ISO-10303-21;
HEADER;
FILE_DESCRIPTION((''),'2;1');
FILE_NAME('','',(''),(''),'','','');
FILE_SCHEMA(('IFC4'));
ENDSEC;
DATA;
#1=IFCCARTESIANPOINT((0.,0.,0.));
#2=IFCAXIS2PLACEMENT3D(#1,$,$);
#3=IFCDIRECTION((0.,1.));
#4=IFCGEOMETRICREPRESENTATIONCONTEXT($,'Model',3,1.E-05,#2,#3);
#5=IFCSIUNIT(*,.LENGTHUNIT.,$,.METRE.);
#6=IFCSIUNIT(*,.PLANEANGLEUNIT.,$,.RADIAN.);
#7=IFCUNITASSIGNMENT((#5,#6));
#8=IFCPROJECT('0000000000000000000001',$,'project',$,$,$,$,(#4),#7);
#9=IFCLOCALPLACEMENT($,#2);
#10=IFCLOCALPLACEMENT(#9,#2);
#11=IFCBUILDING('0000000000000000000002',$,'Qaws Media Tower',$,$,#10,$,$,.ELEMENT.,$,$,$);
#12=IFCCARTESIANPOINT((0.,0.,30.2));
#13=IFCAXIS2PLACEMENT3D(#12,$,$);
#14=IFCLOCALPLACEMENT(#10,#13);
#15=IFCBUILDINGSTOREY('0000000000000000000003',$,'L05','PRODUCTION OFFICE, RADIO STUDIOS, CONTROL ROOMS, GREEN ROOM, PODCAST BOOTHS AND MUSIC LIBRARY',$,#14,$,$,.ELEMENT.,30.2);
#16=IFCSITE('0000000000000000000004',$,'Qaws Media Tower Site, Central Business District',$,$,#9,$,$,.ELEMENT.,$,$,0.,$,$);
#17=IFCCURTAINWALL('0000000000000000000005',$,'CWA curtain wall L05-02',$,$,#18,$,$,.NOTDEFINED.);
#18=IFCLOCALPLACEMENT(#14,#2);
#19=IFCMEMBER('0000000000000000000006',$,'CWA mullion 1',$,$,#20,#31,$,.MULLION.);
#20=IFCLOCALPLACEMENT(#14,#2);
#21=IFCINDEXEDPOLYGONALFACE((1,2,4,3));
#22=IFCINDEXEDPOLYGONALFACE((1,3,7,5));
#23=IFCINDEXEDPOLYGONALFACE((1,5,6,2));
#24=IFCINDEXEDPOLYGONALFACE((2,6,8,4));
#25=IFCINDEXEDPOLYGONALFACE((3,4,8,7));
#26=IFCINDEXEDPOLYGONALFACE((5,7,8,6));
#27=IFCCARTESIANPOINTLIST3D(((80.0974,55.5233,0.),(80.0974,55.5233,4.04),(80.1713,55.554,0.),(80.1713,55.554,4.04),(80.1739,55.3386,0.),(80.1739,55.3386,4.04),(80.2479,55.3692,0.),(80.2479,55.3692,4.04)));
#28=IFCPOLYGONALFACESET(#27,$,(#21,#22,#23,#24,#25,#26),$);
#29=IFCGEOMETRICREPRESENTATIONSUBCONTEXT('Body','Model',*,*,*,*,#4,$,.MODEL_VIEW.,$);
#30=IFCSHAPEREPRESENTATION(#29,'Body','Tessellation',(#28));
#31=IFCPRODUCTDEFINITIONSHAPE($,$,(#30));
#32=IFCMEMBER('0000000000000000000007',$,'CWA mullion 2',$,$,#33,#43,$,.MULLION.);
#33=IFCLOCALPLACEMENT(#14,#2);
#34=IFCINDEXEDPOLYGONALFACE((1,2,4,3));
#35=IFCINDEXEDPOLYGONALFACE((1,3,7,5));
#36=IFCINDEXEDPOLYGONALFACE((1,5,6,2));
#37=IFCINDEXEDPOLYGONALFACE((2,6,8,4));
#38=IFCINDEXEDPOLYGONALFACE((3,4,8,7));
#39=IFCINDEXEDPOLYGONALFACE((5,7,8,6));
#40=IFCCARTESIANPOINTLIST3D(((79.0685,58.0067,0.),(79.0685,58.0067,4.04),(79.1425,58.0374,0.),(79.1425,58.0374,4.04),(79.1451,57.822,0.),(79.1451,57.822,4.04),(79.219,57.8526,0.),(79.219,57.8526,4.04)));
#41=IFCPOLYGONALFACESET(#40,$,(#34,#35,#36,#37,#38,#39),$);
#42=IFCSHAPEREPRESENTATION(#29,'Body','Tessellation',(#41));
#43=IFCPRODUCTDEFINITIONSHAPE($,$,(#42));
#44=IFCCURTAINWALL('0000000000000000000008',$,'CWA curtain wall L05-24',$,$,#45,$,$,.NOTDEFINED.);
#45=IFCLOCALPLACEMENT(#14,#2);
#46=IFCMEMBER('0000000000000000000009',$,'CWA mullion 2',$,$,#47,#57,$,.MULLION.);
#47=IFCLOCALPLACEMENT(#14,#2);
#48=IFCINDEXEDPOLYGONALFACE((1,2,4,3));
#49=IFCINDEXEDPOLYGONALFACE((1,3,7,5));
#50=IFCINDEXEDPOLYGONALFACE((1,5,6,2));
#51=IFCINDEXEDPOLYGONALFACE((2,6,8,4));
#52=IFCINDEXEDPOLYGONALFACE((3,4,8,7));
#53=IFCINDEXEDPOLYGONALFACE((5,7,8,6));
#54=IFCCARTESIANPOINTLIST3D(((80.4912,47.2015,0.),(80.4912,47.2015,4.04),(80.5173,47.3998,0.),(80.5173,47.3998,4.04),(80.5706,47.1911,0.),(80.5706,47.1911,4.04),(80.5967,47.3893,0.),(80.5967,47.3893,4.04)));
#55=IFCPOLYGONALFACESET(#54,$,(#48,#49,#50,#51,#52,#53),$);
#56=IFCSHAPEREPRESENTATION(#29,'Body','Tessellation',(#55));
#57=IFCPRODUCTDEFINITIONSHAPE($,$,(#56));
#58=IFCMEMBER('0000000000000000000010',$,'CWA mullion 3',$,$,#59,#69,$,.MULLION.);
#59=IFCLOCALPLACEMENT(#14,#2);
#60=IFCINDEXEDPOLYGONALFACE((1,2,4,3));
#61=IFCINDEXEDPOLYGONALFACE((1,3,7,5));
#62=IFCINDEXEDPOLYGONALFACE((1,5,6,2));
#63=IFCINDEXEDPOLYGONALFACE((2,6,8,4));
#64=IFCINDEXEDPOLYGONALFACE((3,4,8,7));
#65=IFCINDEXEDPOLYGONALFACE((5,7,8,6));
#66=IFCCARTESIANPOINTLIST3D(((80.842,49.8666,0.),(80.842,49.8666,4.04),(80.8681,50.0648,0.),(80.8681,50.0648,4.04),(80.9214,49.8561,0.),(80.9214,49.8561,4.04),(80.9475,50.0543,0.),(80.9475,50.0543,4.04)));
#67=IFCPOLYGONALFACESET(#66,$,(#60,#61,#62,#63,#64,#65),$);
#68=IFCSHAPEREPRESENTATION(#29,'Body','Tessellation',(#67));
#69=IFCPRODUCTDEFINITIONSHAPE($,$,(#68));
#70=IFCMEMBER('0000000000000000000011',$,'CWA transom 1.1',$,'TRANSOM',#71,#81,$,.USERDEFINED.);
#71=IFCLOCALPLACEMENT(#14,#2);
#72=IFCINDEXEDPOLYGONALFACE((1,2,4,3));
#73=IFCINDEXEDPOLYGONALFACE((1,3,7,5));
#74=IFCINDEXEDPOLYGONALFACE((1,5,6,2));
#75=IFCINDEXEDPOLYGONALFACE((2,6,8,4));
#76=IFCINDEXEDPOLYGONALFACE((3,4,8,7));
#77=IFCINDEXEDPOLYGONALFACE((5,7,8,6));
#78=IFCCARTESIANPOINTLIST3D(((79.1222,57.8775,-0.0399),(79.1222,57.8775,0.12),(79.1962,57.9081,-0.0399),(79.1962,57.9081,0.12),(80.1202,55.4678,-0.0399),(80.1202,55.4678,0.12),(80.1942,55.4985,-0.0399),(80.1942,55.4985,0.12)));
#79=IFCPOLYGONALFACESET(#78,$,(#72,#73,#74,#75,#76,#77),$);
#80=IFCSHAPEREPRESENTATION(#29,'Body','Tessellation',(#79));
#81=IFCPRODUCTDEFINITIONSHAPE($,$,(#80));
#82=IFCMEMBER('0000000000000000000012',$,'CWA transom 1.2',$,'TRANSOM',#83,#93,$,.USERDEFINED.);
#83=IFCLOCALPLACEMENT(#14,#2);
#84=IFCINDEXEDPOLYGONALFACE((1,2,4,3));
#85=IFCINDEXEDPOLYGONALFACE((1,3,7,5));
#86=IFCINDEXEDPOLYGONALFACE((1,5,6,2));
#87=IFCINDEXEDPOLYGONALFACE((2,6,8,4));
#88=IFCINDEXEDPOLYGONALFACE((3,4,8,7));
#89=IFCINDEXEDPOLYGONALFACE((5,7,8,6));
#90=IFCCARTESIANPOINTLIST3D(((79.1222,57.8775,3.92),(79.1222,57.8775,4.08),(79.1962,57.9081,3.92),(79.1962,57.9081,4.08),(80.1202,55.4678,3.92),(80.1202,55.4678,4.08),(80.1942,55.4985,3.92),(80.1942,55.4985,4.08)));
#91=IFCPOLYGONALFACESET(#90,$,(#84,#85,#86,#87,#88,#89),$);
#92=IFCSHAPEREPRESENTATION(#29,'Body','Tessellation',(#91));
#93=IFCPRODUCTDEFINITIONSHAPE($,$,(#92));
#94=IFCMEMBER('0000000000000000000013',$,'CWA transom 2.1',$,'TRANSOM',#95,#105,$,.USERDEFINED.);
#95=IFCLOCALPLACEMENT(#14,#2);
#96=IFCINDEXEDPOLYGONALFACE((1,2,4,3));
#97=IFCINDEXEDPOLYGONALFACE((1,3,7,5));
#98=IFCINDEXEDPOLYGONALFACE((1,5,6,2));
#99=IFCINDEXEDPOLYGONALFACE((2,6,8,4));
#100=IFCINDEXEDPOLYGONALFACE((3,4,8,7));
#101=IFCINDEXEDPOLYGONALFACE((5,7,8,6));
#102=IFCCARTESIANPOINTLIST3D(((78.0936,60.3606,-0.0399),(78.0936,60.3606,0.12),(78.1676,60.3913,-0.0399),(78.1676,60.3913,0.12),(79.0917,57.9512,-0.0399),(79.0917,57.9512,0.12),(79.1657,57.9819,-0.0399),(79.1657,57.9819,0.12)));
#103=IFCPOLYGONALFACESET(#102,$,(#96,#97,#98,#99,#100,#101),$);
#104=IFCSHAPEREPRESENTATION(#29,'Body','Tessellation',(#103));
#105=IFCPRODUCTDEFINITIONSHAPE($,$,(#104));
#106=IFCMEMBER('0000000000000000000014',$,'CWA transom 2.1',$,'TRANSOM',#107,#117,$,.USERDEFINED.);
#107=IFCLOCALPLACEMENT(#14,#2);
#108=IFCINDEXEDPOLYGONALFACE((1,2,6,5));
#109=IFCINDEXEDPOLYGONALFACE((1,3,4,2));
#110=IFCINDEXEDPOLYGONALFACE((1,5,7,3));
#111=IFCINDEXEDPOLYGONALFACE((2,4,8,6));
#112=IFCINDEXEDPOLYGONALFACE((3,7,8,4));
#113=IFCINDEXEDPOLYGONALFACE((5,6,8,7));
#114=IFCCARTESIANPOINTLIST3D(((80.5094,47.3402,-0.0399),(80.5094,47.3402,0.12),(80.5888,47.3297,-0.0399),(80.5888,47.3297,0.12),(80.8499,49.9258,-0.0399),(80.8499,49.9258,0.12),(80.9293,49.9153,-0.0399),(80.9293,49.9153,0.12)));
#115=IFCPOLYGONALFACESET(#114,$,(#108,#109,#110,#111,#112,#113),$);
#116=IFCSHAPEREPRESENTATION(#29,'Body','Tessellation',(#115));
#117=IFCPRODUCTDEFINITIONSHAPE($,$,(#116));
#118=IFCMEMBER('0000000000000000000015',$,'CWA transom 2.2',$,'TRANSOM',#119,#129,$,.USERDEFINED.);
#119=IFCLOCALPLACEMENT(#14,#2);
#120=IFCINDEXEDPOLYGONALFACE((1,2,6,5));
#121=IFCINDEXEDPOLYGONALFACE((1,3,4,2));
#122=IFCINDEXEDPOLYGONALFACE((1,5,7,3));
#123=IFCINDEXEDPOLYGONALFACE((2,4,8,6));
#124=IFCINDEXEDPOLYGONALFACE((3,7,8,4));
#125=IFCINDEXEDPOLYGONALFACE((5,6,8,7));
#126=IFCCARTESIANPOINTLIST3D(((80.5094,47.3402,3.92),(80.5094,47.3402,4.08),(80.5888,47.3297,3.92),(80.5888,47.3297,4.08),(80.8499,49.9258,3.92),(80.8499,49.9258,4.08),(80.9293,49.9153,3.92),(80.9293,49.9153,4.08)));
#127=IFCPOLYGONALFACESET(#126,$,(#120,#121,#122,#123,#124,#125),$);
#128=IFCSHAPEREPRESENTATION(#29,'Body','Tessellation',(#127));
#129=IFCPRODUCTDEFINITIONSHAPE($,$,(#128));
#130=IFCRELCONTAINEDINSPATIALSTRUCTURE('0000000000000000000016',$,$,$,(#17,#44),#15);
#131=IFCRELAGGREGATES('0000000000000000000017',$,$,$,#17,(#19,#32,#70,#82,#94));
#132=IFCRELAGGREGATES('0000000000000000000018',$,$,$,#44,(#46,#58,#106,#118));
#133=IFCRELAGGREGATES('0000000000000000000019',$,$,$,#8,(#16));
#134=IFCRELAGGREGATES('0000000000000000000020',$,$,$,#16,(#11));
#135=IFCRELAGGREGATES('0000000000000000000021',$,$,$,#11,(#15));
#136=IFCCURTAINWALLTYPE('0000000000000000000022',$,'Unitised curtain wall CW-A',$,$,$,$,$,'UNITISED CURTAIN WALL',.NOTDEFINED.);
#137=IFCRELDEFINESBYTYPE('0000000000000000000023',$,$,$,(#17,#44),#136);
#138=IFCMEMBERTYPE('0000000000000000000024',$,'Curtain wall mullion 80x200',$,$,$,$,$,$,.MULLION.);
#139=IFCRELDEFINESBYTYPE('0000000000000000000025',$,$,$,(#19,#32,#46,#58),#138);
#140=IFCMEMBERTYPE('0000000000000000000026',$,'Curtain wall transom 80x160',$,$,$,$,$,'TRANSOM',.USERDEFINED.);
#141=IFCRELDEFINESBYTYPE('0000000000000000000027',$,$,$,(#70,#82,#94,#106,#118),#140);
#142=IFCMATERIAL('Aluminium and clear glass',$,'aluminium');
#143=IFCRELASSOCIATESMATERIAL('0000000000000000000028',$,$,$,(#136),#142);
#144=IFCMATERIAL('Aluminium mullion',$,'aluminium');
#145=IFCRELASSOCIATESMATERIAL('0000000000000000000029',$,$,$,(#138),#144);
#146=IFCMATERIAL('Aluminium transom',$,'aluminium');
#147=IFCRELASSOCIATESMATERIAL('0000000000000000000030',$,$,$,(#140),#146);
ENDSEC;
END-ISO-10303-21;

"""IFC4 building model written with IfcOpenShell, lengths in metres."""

from ifc_helpers import new_model, si_unit, direction, frame, origin, origin_2d, place, context, subcontext, project, spatial, rectangle, extrude, material, material_profile, profile_set, type_object, element, aggregate, save


model = new_model("IFC4")

# Units and contexts
model_context = context("Model", 3, precision=1e-05, world=origin(), true_north=direction((0.0, 1.0)))
body_context = subcontext(model_context, "Body", "Model", "MODEL_VIEW")
ifc_project = project(units=[si_unit("LENGTHUNIT", "METRE"), si_unit("PLANEANGLEUNIT", "RADIAN")], contexts=[model_context])

# Site, building, storey
site_placement = place(None, origin())
site = spatial("IfcSite", under=ifc_project, at=site_placement, Name="Qaws Media Tower Site, Central Business District", CompositionType="ELEMENT", RefElevation=0.0)
building_placement = place(site_placement, origin())
building = spatial("IfcBuilding", under=site, at=building_placement, Name="Qaws Media Tower", CompositionType="ELEMENT")
storey_placement = place(building_placement, frame((0.0, 0.0, 30.2)))
storey = spatial("IfcBuildingStorey", under=building, at=storey_placement, Name="L05", Description="PRODUCTION OFFICE, RADIO STUDIOS, CONTROL ROOMS, GREEN ROOM, PODCAST BOOTHS AND MUSIC LIBRARY", CompositionType="ELEMENT", Elevation=30.2)

# Curtain walls, members
ifc_material_1 = material(Name="Aluminium and clear glass", Category="aluminium")
curtain_wall_type = type_object("IfcCurtainWallType", Name="Unitised curtain wall CW-A", ElementType="UNITISED CURTAIN WALL", PredefinedType="NOTDEFINED", material=ifc_material_1)
curtain_wall_1_placement = place(storey_placement, origin())
curtain_wall_1 = element("IfcCurtainWall", 1, at=curtain_wall_1_placement, inside=storey, type_object=curtain_wall_type, Name="CWA curtain wall L05-02", PredefinedType="NOTDEFINED")
ifc_material_2 = material(Name="Aluminium mullion", Category="aluminium")
ifc_material_profile_1 = material_profile(ifc_material_2, rectangle(XDim=0.0801, YDim=0.2, at=origin_2d()), Name="80x200")
ifc_profile_set_1 = profile_set([ifc_material_profile_1], Name="Aluminium mullion")
member_type_1 = type_object("IfcMemberType", Name="Curtain wall mullion 80x200", PredefinedType="MULLION", material=ifc_profile_set_1)
member_1_placement = place(storey_placement, frame((80.1726, 55.4463, 0.0), z_axis=(0.0, 0.0, 1.0), x_axis=(-0.92388, -0.382683, 0.0)))
member_1 = element("IfcMember", 2, at=member_1_placement, type_object=member_type_1, Name="CWA mullion 1", PredefinedType="MULLION", context=body_context, shape_type="SweptSolid", body=[
    extrude(rectangle(XDim=0.0801, YDim=0.2, at=origin_2d()), origin(), (0.0, 0.0, 1.0), 4.04),
])
member_2_placement = place(storey_placement, frame((79.1438, 57.9297, 0.0), z_axis=(0.0, 0.0, 1.0), x_axis=(-0.92388, -0.382683, 0.0)))
member_2 = element("IfcMember", 3, at=member_2_placement, type_object=member_type_1, Name="CWA mullion 2", PredefinedType="MULLION", context=body_context, shape_type="SweptSolid", body=[
    extrude(rectangle(XDim=0.0801, YDim=0.2, at=origin_2d()), origin(), (0.0, 0.0, 1.0), 4.04),
])
curtain_wall_2_placement = place(storey_placement, origin())
curtain_wall_2 = element("IfcCurtainWall", 4, at=curtain_wall_2_placement, inside=storey, type_object=curtain_wall_type, Name="CWA curtain wall L05-24", PredefinedType="NOTDEFINED")
member_3_placement = place(storey_placement, frame((80.5439, 47.2954, 0.0), z_axis=(0.0, 0.0, 1.0), x_axis=(-0.991445, 0.130526, 0.0)))
member_3 = element("IfcMember", 5, at=member_3_placement, type_object=member_type_1, Name="CWA mullion 2", PredefinedType="MULLION", context=body_context, shape_type="SweptSolid", body=[
    extrude(rectangle(XDim=0.0801, YDim=0.2, at=origin_2d()), origin(), (0.0, 0.0, 1.0), 4.04),
])
member_4_placement = place(storey_placement, frame((80.8948, 49.9604, 0.0), z_axis=(0.0, 0.0, 1.0), x_axis=(-0.991445, 0.130526, 0.0)))
member_4 = element("IfcMember", 6, at=member_4_placement, type_object=member_type_1, Name="CWA mullion 3", PredefinedType="MULLION", context=body_context, shape_type="SweptSolid", body=[
    extrude(rectangle(XDim=0.0801, YDim=0.2, at=origin_2d()), origin(), (0.0, 0.0, 1.0), 4.04),
])

# Members
ifc_material_3 = material(Name="Aluminium transom", Category="aluminium")
ifc_material_profile_2 = material_profile(ifc_material_3, rectangle(XDim=0.0801, YDim=0.1599, at=origin_2d()), Name="80x160")
ifc_profile_set_2 = profile_set([ifc_material_profile_2], Name="Aluminium transom")
member_type_2 = type_object("IfcMemberType", Name="Curtain wall transom 80x160", ElementType="TRANSOM", PredefinedType="USERDEFINED", material=ifc_profile_set_2)
member_5_placement = place(storey_placement, frame((80.1572, 55.4832, 0.04), z_axis=(-0.38266, 0.923889, 0.0), x_axis=(-0.923889, -0.38266, 0.0)))
member_5 = element("IfcMember", 7, at=member_5_placement, type_object=member_type_2, Name="CWA transom 1.1", ObjectType="TRANSOM", PredefinedType="USERDEFINED", context=body_context, shape_type="SweptSolid", body=[
    extrude(rectangle(XDim=0.0801, YDim=0.1599, at=origin_2d()), origin(), (0.0, 0.0, 1.0), 2.6082),
])
member_6_placement = place(storey_placement, frame((80.1572, 55.4832, 4.0), z_axis=(-0.38266, 0.923889, 0.0), x_axis=(-0.923889, -0.38266, 0.0)))
member_6 = element("IfcMember", 8, at=member_6_placement, type_object=member_type_2, Name="CWA transom 1.2", ObjectType="TRANSOM", PredefinedType="USERDEFINED", context=body_context, shape_type="SweptSolid", body=[
    extrude(rectangle(XDim=0.0801, YDim=0.1599, at=origin_2d()), origin(), (0.0, 0.0, 1.0), 2.6082),
])
member_7_placement = place(storey_placement, frame((79.1287, 57.9666, 0.04), z_axis=(-0.382694, 0.923875, 0.0), x_axis=(-0.923875, -0.382694, 0.0)))
member_7 = element("IfcMember", 9, at=member_7_placement, type_object=member_type_2, Name="CWA transom 2.1", ObjectType="TRANSOM", PredefinedType="USERDEFINED", context=body_context, shape_type="SweptSolid", body=[
    extrude(rectangle(XDim=0.0801, YDim=0.1599, at=origin_2d()), origin(), (0.0, 0.0, 1.0), 2.6079),
])
member_8_placement = place(storey_placement, frame((80.5491, 47.335, 0.04), z_axis=(0.130588, 0.991437, 0.0), x_axis=(-0.991437, 0.130588, 0.0)))
member_8 = element("IfcMember", 10, at=member_8_placement, type_object=member_type_2, Name="CWA transom 2.1", ObjectType="TRANSOM", PredefinedType="USERDEFINED", context=body_context, shape_type="SweptSolid", body=[
    extrude(rectangle(XDim=0.0801, YDim=0.1599, at=origin_2d()), origin(), (0.0, 0.0, 1.0), 2.6079),
])
member_9_placement = place(storey_placement, frame((80.5491, 47.335, 4.0), z_axis=(0.130588, 0.991437, 0.0), x_axis=(-0.991437, 0.130588, 0.0)))
member_9 = element("IfcMember", 11, at=member_9_placement, type_object=member_type_2, Name="CWA transom 2.2", ObjectType="TRANSOM", PredefinedType="USERDEFINED", context=body_context, shape_type="SweptSolid", body=[
    extrude(rectangle(XDim=0.0801, YDim=0.1599, at=origin_2d()), origin(), (0.0, 0.0, 1.0), 2.6079),
])

aggregate(curtain_wall_1, [member_1, member_2, member_5, member_6, member_7])
aggregate(curtain_wall_2, [member_3, member_4, member_8, member_9])

save(model, "model.ifc")
